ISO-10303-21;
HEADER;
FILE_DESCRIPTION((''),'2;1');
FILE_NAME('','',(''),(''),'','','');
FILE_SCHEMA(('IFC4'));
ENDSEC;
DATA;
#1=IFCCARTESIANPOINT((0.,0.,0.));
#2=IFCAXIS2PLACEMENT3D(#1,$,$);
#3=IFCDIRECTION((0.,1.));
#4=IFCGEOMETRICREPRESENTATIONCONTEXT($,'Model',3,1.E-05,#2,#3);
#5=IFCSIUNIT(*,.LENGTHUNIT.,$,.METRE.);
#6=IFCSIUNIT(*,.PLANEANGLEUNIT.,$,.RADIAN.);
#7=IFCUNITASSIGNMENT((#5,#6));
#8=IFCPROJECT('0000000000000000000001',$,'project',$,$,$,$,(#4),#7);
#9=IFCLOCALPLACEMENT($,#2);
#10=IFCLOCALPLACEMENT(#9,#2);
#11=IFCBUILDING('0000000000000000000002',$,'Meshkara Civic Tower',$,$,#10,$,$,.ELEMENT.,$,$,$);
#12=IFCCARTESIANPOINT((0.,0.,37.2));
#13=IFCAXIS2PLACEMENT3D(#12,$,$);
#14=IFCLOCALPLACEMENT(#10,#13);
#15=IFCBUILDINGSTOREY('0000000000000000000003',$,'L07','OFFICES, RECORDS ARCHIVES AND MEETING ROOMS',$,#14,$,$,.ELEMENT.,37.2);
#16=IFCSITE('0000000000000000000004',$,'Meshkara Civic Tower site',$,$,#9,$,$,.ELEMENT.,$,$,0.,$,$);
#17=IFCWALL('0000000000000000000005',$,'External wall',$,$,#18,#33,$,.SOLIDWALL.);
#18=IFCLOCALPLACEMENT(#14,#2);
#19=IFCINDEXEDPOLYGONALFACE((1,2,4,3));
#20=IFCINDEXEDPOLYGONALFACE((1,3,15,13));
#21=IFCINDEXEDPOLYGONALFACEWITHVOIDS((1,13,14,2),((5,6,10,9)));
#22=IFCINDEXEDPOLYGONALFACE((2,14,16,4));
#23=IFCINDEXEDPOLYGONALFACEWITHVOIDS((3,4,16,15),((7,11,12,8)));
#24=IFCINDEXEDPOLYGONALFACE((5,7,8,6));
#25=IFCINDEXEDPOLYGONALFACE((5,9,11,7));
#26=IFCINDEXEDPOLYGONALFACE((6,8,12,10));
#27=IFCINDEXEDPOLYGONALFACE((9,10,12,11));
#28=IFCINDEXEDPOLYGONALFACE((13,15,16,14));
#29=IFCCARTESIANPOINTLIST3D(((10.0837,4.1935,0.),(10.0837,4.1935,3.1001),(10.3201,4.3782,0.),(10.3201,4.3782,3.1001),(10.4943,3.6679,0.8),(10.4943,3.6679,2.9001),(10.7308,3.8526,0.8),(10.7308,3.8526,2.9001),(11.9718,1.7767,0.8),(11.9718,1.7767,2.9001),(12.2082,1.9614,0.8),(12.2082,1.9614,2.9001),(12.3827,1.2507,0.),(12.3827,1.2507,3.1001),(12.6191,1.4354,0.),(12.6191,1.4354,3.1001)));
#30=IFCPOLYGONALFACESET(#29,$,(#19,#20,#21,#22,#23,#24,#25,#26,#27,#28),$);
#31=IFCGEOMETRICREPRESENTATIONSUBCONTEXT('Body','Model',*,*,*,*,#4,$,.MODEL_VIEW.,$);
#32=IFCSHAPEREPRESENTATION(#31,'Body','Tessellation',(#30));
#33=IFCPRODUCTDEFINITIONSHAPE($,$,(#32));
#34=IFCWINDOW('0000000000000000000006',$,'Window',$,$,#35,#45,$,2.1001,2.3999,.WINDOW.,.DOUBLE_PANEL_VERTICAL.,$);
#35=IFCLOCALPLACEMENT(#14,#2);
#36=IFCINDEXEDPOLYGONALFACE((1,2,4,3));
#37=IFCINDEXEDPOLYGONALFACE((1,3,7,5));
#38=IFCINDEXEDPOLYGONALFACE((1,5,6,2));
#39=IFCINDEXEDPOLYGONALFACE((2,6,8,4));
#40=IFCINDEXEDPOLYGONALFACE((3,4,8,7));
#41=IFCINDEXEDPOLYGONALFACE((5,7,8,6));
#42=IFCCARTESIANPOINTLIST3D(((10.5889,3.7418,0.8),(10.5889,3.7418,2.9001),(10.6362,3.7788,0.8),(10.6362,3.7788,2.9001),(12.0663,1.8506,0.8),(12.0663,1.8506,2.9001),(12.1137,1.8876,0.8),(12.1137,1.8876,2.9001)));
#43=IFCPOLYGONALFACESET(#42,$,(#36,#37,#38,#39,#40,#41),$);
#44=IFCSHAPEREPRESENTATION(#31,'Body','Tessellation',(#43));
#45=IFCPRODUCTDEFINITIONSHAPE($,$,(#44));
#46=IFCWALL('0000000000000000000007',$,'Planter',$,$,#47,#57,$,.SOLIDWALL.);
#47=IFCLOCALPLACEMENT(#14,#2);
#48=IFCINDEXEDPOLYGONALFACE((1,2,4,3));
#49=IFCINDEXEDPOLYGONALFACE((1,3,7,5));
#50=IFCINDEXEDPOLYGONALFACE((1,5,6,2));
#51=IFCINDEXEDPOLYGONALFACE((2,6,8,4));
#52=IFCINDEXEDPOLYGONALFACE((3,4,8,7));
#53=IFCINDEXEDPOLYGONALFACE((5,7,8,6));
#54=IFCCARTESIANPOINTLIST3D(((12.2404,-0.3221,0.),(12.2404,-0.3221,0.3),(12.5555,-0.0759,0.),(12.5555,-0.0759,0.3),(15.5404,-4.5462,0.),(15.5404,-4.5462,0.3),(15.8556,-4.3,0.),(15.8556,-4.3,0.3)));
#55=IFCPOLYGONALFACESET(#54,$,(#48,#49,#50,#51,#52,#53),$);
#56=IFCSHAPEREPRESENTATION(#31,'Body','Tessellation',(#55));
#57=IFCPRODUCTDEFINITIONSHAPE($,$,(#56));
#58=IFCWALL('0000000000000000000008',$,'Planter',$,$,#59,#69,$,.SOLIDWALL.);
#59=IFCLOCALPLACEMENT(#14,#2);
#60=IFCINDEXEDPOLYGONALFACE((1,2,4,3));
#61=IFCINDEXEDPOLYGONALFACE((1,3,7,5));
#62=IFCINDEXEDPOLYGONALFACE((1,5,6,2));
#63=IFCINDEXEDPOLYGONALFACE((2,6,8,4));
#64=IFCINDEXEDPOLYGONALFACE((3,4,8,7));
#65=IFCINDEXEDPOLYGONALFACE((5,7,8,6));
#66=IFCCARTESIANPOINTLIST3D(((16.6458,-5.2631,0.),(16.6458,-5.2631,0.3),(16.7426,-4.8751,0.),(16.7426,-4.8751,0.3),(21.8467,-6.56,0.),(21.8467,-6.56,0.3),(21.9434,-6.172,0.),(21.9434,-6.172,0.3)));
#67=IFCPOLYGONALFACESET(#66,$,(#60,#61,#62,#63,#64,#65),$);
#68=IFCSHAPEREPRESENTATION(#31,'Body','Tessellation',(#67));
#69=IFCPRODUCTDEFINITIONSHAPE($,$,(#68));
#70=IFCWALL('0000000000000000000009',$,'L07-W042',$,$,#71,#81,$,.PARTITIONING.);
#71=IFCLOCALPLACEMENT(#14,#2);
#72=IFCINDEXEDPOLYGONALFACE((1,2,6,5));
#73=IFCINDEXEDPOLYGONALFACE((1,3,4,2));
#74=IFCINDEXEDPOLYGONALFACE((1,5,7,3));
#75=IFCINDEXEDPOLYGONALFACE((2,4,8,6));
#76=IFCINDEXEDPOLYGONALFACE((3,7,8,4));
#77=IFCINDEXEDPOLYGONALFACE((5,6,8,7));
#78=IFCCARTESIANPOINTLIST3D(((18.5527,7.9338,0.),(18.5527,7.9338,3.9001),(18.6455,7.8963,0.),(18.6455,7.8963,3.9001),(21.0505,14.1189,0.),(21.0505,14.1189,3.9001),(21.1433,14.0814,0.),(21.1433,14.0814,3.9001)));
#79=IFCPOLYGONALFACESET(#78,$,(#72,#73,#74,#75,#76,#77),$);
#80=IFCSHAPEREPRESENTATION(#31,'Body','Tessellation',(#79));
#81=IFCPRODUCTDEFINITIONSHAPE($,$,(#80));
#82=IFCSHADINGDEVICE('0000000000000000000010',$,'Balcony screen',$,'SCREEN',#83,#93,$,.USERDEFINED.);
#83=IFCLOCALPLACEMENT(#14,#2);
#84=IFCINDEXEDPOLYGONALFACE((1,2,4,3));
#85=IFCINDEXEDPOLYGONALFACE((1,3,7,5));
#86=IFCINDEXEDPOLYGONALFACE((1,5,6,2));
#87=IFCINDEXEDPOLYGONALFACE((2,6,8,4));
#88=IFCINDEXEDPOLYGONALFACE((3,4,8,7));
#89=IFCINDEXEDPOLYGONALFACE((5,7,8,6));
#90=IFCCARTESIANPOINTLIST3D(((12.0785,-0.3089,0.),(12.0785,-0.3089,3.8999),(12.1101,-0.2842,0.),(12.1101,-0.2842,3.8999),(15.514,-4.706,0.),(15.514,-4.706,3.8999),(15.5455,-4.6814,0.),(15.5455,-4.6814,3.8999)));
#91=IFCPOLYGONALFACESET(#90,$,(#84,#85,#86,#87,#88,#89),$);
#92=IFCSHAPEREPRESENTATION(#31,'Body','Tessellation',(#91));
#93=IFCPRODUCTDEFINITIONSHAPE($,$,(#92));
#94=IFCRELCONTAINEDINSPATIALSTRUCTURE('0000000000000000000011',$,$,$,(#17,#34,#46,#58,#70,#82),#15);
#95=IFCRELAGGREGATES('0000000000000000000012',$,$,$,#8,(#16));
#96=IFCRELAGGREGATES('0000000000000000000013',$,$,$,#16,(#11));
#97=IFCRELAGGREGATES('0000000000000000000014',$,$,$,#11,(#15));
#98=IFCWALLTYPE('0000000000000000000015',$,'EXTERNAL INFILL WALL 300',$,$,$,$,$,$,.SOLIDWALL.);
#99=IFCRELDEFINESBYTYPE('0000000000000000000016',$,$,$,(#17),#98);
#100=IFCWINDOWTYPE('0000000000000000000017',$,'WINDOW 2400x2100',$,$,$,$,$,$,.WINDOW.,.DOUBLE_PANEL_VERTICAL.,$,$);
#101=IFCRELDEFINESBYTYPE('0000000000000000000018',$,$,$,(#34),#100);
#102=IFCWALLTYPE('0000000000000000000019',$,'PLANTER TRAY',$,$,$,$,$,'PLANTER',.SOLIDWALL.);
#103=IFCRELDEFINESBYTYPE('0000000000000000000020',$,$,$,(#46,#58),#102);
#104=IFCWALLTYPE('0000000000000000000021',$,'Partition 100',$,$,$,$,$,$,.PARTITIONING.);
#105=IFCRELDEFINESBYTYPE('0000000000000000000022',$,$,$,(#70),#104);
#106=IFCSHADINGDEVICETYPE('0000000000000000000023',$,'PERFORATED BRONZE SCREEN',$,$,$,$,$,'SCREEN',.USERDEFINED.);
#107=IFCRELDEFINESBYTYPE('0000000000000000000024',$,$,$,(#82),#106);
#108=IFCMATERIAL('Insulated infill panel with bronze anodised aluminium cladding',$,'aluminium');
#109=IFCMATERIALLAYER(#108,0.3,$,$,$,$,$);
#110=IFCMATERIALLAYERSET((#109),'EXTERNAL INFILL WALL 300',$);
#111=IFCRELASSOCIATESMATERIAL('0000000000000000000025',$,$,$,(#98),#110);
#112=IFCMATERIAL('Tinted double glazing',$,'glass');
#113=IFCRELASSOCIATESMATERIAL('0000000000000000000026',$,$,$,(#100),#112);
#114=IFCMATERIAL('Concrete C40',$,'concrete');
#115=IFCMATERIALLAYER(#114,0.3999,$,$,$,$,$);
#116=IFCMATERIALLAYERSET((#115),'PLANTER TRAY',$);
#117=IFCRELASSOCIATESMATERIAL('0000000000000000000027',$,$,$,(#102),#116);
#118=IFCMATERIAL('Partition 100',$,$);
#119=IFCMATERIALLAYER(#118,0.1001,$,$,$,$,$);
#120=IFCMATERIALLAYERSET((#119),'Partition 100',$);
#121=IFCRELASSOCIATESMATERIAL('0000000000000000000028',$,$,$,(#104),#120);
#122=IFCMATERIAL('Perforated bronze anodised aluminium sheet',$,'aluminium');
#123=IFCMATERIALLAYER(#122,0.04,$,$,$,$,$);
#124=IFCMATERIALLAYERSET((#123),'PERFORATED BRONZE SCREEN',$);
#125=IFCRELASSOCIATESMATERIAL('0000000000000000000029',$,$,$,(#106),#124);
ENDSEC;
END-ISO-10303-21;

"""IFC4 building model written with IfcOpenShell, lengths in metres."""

from ifc_helpers import new_model, si_unit, direction, frame, frame_2d, origin, origin_2d, place, context, subcontext, project, spatial, rectangle, extrude, material, layer, layer_set, type_object, element, fill, save


model = new_model("IFC4")

# Units and contexts
model_context = context("Model", 3, precision=1e-05, world=origin(), true_north=direction((0.0, 1.0)))
body_context = subcontext(model_context, "Body", "Model", "MODEL_VIEW")
ifc_project = project(units=[si_unit("LENGTHUNIT", "METRE"), si_unit("PLANEANGLEUNIT", "RADIAN")], contexts=[model_context])

# Site, building, storey
site_placement = place(None, origin())
site = spatial("IfcSite", under=ifc_project, at=site_placement, Name="Meshkara Civic Tower site", CompositionType="ELEMENT", RefElevation=0.0)
building_placement = place(site_placement, origin())
building = spatial("IfcBuilding", under=site, at=building_placement, Name="Meshkara Civic Tower", CompositionType="ELEMENT")
storey_placement = place(building_placement, frame((0.0, 0.0, 37.2)))
storey = spatial("IfcBuildingStorey", under=building, at=storey_placement, Name="L07", Description="OFFICES, RECORDS ARCHIVES AND MEETING ROOMS", CompositionType="ELEMENT", Elevation=37.2)

# Wall, opening, window
ifc_material_1 = material(Name="Insulated infill panel with bronze anodised aluminium cladding", Category="aluminium")
ifc_layer_1 = layer(ifc_material_1, 0.3)
ifc_layer_set_1 = layer_set([ifc_layer_1], Name="EXTERNAL INFILL WALL 300")
wall_type_1 = type_object("IfcWallType", Name="EXTERNAL INFILL WALL 300", PredefinedType="SOLIDWALL", material=ifc_layer_set_1)
wall_1_placement = place(storey_placement, frame((10.2019, 4.2859, 0.0), z_axis=(0.0, 0.0, 1.0), x_axis=(0.615636, -0.78803, 0.0)))
wall_1 = element("IfcWall", 1, at=wall_1_placement, inside=storey, type_object=wall_type_1, Name="External wall", PredefinedType="SOLIDWALL", context=body_context, shape_type="SweptSolid", body=[
    extrude(rectangle(XDim=3.7344, YDim=0.3, at=frame_2d((1.8672, 0.0))), origin(), (0.0, 0.0, 1.0), 3.1001),
])
opening_1_placement = place(wall_1_placement, frame((0.667, 0.0, 0.8)))
opening_1 = element("IfcOpeningElement", 2, at=opening_1_placement, cuts=wall_1, PredefinedType="OPENING", context=body_context, shape_type="SweptSolid", body=[
    extrude(rectangle(XDim=2.3999, YDim=2.1001, at=frame_2d((1.2, 1.05))), frame((0.0, 0.1599, 0.0), z_axis=(0.0, -1.0, 0.0), x_axis=(1.0, 0.0, 0.0)), (0.0, 0.0, 1.0), 0.3201),
])
ifc_material_2 = material(Name="Tinted double glazing", Category="glass")
window_type = type_object("IfcWindowType", Name="WINDOW 2400x2100", PartitioningType="DOUBLE_PANEL_VERTICAL", PredefinedType="WINDOW", material=ifc_material_2)
window_placement = place(opening_1_placement, origin())
window = element("IfcWindow", 3, at=window_placement, inside=storey, type_object=window_type, Name="Window", OverallHeight=2.1001, OverallWidth=2.3999, PartitioningType="DOUBLE_PANEL_VERTICAL", PredefinedType="WINDOW", context=body_context, shape_type="SweptSolid", body=[
    extrude(rectangle(XDim=2.3999, YDim=2.1001, at=frame_2d((1.2, 1.05))), frame((0.0, 0.03, 0.0), z_axis=(0.0, -1.0, 0.0), x_axis=(1.0, 0.0, 0.0)), (0.0, 0.0, 1.0), 0.0601),
])
fill(opening_1, window)

# Walls
ifc_material_3 = material(Name="Concrete C40", Category="concrete")
ifc_layer_2 = layer(ifc_material_3, 0.3999)
ifc_layer_set_2 = layer_set([ifc_layer_2], Name="PLANTER TRAY")
wall_type_2 = type_object("IfcWallType", Name="PLANTER TRAY", ElementType="PLANTER", PredefinedType="SOLIDWALL", material=ifc_layer_set_2)
wall_2_placement = place(storey_placement, frame((12.3979, -0.199, 0.0), z_axis=(0.0, 0.0, 1.0), x_axis=(0.615639, -0.788029, 0.0)))
element("IfcWall", 4, at=wall_2_placement, inside=storey, type_object=wall_type_2, Name="Planter", PredefinedType="SOLIDWALL", context=body_context, shape_type="SweptSolid", body=[
    extrude(rectangle(XDim=5.3604, YDim=0.3999, at=frame_2d((2.6802, 0.0))), origin(), (0.0, 0.0, 1.0), 0.3),
])
wall_3_placement = place(storey_placement, frame((16.6941, -5.0691, 0.0), z_axis=(0.0, 0.0, 1.0), x_axis=(0.97029, -0.241946, 0.0)))
element("IfcWall", 5, at=wall_3_placement, inside=storey, type_object=wall_type_2, Name="Planter", PredefinedType="SOLIDWALL", context=body_context, shape_type="SweptSolid", body=[
    extrude(rectangle(XDim=5.3601, YDim=0.3999, at=frame_2d((2.6802, 0.0))), origin(), (0.0, 0.0, 1.0), 0.3),
])
ifc_material_4 = material(Name="Partition 100")
ifc_layer_3 = layer(ifc_material_4, 0.1001)
ifc_layer_set_3 = layer_set([ifc_layer_3], Name="Partition 100")
wall_type_3 = type_object("IfcWallType", Name="Partition 100", PredefinedType="PARTITIONING", material=ifc_layer_set_3)
wall_4_placement = place(storey_placement, frame((18.5991, 7.915, 0.0), z_axis=(0.0, 0.0, 1.0), x_axis=(0.374462, 0.927242, 0.0)))
element("IfcWall", 6, at=wall_4_placement, inside=storey, type_object=wall_type_3, Name="L07-W042", PredefinedType="PARTITIONING", context=body_context, shape_type="SweptSolid", body=[
    extrude(rectangle(XDim=6.6704, YDim=0.1001, at=frame_2d((3.3352, 0.0))), origin(), (0.0, 0.0, 1.0), 3.9001),
])

# Shading device
ifc_material_5 = material(Name="Perforated bronze anodised aluminium sheet", Category="aluminium")
ifc_layer_4 = layer(ifc_material_5, 0.04)
ifc_layer_set_4 = layer_set([ifc_layer_4], Name="PERFORATED BRONZE SCREEN")
shading_device_type = type_object("IfcShadingDeviceType", Name="PERFORATED BRONZE SCREEN", ElementType="SCREEN", PredefinedType="USERDEFINED", material=ifc_layer_set_4)
shading_device_placement = place(storey_placement, frame((13.812, -2.4951, 0.0), z_axis=(0.0, 0.0, 1.0), x_axis=(0.615661, -0.788011, 0.0)))
element("IfcShadingDevice", 7, at=shading_device_placement, inside=storey, type_object=shading_device_type, Name="Balcony screen", ObjectType="SCREEN", PredefinedType="USERDEFINED", context=body_context, shape_type="SweptSolid", body=[
    extrude(rectangle(XDim=5.5801, YDim=0.04, at=origin_2d()), origin(), (0.0, 0.0, 1.0), 3.8999),
])

save(model, "model.ifc")
